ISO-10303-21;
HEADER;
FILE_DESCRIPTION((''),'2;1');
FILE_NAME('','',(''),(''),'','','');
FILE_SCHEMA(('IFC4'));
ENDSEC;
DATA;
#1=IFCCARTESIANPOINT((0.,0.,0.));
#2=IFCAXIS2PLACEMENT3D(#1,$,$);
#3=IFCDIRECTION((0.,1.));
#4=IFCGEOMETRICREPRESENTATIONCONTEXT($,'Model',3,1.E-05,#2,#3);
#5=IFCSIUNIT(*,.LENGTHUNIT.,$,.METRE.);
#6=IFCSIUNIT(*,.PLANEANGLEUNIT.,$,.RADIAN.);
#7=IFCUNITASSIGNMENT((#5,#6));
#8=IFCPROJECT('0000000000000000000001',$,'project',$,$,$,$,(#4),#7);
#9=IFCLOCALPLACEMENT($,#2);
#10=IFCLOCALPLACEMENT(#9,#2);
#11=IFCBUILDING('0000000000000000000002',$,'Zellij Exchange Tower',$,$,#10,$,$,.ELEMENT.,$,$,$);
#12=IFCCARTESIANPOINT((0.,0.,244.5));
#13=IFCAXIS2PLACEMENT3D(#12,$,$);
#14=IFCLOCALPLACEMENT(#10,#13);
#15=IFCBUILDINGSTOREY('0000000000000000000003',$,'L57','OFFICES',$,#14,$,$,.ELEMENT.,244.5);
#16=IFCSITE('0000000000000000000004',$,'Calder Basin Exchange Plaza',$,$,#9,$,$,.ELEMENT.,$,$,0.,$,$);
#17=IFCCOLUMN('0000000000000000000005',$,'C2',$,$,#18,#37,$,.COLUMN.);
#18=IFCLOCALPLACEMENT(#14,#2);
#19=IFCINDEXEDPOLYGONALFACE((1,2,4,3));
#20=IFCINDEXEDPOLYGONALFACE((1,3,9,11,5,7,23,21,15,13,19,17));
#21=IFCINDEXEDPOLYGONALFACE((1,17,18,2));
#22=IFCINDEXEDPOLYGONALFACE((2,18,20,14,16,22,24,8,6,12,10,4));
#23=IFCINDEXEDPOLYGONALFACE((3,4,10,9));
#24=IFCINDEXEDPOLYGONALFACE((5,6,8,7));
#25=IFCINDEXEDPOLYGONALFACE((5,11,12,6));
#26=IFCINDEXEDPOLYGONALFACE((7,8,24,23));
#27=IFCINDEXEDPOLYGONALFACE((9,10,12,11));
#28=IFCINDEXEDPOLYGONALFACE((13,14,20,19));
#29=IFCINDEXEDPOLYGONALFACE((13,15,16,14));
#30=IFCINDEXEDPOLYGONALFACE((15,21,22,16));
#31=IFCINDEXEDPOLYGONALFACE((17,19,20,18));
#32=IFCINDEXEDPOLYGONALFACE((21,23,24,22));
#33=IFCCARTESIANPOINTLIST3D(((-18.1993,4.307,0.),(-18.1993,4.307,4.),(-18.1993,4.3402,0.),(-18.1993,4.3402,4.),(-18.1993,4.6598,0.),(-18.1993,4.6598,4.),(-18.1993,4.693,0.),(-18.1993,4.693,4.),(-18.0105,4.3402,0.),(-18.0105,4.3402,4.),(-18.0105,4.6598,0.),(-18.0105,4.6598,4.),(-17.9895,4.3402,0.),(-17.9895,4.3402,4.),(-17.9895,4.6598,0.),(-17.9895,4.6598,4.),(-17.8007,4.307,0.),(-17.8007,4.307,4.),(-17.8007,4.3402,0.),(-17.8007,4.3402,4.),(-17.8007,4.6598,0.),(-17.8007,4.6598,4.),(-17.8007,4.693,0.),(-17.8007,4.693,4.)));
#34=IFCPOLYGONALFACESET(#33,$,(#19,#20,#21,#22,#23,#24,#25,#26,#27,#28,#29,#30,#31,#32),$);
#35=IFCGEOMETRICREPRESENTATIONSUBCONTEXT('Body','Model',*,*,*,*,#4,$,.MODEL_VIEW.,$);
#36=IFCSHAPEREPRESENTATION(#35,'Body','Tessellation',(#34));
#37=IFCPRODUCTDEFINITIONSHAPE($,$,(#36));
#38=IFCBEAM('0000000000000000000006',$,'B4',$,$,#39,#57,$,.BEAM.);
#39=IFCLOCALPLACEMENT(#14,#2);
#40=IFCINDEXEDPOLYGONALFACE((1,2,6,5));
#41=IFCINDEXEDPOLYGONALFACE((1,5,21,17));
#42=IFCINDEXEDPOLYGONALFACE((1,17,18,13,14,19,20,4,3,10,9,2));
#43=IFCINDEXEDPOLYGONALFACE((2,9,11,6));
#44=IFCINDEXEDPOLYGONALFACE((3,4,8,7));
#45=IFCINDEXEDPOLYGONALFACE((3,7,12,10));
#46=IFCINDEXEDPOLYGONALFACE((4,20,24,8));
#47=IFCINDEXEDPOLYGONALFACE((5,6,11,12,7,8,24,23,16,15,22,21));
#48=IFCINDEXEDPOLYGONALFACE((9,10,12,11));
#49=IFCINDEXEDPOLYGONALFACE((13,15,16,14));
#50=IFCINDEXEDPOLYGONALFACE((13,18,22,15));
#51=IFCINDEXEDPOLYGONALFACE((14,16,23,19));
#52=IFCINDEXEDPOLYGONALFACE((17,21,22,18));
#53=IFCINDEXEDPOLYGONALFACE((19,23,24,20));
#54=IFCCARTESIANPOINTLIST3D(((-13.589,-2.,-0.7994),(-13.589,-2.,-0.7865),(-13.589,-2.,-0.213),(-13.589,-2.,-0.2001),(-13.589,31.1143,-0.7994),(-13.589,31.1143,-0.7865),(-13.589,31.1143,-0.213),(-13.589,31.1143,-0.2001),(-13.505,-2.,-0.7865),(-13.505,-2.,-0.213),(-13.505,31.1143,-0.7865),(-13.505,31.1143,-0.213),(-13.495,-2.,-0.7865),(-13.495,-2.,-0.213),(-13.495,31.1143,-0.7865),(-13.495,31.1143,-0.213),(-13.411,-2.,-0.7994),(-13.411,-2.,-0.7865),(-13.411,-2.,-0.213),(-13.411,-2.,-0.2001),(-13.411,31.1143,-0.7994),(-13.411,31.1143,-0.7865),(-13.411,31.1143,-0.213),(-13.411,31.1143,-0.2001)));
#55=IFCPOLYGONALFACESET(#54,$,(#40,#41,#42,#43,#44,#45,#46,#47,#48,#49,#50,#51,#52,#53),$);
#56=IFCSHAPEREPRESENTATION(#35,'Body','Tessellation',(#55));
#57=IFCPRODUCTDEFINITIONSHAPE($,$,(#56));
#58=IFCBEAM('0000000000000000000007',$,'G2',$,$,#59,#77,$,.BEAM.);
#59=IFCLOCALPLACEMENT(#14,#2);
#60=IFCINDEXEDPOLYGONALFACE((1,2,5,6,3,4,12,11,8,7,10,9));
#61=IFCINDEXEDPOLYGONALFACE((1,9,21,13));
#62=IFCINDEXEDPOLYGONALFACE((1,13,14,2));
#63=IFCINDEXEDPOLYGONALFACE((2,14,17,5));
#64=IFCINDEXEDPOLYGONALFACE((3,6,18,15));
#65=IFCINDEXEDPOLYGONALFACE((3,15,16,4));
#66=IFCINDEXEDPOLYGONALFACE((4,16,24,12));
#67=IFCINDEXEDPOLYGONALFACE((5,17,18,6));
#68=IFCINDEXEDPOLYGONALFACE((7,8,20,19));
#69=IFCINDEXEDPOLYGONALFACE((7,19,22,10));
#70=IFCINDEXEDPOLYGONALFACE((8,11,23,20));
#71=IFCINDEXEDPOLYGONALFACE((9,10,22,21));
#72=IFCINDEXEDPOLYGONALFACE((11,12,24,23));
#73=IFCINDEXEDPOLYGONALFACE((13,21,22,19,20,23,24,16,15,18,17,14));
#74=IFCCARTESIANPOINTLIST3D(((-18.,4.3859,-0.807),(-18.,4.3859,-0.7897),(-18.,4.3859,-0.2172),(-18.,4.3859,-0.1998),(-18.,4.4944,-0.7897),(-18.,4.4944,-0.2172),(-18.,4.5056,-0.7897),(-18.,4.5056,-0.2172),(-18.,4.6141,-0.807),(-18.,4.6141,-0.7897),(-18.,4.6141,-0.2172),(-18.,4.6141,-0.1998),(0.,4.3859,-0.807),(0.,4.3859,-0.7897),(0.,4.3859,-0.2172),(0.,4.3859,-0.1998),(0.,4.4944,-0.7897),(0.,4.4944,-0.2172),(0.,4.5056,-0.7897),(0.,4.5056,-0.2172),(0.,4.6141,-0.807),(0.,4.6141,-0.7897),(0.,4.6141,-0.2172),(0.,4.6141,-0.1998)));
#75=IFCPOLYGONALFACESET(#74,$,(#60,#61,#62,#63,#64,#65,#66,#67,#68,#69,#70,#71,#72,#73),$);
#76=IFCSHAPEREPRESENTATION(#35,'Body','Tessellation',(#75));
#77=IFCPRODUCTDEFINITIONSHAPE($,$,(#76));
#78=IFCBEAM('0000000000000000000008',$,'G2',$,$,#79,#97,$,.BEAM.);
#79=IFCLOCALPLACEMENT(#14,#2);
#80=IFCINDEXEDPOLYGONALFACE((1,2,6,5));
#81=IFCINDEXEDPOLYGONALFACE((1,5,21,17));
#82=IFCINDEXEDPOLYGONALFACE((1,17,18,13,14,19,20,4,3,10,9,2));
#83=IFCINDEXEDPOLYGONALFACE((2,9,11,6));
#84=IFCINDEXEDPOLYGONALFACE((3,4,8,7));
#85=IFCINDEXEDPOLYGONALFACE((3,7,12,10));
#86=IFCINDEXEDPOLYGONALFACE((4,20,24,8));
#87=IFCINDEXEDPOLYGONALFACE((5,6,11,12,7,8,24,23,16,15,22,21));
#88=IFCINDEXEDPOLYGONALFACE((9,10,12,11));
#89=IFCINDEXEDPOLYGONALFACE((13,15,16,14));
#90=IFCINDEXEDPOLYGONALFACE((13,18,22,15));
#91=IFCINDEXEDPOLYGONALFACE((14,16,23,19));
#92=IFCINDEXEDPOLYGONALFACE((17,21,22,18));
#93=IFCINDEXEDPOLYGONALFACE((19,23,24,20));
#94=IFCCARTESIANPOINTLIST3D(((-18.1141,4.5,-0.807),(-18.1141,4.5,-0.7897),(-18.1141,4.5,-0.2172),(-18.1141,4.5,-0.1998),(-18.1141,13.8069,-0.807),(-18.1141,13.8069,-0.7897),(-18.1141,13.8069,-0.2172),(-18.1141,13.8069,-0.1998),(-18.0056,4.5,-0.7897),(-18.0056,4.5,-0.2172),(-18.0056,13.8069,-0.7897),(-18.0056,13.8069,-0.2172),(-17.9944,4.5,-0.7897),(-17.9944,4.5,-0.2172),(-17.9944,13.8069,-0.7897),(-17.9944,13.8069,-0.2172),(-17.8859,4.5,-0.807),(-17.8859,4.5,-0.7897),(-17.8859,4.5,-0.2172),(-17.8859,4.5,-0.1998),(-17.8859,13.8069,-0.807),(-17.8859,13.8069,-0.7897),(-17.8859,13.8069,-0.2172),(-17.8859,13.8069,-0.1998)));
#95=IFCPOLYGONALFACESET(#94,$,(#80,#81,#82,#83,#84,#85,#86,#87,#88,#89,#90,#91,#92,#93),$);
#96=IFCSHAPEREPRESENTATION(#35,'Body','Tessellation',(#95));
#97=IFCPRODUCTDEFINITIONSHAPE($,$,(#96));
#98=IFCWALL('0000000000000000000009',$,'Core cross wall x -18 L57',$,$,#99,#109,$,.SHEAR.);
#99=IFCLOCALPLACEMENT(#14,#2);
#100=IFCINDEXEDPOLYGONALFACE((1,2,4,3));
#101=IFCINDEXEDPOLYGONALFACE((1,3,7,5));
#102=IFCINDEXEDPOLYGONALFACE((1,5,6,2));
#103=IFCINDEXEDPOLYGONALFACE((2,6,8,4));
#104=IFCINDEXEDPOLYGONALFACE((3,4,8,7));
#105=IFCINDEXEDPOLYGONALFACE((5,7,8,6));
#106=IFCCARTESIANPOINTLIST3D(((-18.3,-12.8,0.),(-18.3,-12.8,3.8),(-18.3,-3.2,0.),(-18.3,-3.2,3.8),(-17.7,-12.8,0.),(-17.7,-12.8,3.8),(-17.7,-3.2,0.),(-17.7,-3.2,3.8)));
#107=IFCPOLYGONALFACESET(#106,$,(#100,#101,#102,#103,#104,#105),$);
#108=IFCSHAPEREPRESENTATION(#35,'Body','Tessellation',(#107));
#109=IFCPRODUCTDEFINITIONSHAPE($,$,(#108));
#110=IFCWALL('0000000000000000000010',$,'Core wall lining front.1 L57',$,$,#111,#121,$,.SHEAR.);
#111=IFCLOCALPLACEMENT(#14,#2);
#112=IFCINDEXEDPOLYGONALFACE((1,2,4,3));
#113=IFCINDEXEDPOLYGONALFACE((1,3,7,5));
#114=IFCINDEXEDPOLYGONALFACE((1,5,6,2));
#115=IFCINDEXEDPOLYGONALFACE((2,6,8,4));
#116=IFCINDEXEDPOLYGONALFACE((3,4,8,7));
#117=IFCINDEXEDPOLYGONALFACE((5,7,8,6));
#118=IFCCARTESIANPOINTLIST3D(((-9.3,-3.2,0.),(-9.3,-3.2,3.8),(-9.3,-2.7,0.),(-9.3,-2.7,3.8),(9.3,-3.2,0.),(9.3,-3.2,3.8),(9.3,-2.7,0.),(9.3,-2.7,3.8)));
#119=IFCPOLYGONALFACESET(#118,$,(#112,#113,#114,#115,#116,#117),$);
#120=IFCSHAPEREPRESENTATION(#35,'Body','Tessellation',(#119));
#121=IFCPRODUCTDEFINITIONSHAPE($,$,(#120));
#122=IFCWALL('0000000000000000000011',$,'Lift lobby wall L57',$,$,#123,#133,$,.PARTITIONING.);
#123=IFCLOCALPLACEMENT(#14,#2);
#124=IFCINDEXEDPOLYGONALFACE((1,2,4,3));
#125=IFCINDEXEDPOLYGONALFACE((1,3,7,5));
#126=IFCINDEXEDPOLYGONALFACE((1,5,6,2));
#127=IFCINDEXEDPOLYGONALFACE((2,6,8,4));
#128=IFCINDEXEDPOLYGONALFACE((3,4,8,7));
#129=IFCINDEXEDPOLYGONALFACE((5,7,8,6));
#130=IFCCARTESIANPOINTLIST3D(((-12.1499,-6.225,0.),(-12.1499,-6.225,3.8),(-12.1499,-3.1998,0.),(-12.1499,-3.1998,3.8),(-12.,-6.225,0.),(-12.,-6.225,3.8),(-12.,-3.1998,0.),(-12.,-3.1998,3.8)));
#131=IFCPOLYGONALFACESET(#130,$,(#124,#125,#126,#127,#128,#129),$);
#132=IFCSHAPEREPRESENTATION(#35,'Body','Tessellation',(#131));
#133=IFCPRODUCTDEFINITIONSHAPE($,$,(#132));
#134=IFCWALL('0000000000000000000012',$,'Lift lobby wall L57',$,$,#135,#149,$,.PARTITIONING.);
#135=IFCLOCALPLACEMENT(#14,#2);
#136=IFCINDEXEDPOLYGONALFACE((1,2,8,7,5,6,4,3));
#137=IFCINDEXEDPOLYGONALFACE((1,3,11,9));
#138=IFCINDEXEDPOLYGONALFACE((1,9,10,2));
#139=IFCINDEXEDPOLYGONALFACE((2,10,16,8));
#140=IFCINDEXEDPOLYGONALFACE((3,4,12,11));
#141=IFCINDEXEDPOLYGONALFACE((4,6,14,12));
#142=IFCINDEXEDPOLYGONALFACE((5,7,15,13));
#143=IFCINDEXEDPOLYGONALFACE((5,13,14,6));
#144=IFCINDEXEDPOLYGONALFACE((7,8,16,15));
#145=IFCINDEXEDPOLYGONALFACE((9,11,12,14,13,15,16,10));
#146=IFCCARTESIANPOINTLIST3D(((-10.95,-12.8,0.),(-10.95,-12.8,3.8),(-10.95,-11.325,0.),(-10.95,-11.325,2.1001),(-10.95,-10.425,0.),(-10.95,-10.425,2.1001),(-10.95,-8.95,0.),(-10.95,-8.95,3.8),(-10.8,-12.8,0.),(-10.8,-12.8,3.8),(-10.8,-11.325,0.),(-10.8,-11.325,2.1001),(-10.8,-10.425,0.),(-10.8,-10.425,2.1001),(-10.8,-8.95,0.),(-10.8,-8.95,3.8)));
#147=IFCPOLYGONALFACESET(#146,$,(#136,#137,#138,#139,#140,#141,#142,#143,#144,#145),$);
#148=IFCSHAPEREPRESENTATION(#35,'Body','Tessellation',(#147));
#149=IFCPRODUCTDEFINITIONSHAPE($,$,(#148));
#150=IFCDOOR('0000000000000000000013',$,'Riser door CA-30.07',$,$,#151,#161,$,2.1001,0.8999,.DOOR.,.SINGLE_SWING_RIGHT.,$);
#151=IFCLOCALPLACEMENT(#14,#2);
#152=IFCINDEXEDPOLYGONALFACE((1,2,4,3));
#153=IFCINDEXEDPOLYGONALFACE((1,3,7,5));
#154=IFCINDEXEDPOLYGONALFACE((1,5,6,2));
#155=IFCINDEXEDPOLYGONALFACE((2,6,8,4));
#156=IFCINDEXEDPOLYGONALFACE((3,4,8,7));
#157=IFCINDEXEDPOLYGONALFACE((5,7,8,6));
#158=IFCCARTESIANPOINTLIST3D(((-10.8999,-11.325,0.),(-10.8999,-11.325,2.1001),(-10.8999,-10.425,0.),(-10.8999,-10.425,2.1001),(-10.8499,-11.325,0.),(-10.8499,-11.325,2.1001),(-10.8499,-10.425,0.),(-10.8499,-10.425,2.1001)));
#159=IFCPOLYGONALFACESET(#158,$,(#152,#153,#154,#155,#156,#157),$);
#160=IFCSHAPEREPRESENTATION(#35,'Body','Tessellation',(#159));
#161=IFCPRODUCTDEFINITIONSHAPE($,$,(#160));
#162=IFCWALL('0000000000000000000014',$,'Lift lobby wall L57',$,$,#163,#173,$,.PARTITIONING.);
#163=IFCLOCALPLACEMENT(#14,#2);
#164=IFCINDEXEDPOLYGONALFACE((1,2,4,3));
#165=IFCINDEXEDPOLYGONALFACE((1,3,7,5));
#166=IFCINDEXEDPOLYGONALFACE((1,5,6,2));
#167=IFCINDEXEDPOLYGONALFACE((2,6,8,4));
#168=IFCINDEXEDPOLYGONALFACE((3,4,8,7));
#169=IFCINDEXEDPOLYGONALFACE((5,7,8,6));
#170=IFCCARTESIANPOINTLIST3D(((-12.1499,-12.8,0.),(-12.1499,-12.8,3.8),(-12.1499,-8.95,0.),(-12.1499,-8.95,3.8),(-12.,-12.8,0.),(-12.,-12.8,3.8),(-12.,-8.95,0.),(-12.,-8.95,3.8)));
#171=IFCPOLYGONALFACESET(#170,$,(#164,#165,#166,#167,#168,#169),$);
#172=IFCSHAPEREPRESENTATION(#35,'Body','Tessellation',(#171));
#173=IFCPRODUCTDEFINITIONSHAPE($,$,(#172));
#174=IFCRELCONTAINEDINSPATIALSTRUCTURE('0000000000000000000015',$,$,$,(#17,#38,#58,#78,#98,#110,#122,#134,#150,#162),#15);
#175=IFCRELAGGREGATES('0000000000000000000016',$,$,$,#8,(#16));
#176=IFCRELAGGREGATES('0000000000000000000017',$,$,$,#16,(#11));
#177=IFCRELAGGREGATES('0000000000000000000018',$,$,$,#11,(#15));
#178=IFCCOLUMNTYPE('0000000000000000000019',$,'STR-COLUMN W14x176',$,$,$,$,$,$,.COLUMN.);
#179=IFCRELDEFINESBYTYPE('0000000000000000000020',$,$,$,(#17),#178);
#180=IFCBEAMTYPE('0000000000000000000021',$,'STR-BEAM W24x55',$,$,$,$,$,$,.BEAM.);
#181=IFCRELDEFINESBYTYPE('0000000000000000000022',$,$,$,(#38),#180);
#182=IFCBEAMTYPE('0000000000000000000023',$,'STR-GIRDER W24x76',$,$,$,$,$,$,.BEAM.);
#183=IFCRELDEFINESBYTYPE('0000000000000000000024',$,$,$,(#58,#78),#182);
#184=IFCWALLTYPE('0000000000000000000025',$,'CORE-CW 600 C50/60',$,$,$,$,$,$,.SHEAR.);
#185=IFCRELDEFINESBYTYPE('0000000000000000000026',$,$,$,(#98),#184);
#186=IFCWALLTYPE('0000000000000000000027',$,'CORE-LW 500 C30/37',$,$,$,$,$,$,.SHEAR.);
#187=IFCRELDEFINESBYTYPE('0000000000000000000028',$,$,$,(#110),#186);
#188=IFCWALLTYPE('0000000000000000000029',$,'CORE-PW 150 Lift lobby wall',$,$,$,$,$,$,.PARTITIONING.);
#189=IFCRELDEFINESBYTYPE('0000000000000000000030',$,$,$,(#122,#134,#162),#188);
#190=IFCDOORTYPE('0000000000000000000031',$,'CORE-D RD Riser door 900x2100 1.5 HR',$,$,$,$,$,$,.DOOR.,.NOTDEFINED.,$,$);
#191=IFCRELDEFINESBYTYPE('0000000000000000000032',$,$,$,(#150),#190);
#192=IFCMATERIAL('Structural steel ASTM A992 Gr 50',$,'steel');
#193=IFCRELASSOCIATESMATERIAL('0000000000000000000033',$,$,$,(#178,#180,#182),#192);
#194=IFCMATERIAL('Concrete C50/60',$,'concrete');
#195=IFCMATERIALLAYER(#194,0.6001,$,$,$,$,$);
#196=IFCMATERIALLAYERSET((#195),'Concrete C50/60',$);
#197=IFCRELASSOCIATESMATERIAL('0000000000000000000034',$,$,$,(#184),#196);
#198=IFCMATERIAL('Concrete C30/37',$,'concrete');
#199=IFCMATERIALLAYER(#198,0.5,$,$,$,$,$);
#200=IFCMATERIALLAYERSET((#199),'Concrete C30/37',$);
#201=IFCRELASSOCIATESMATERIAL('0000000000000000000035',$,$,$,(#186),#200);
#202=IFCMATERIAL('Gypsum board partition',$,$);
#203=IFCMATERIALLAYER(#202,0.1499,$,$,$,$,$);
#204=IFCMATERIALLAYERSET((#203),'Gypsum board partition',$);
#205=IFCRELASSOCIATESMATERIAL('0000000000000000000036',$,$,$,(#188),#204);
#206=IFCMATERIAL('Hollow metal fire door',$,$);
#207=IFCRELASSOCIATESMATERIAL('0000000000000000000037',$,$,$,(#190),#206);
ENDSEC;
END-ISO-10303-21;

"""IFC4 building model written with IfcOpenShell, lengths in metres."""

from ifc_helpers import new_model, si_unit, direction, frame, frame_2d, origin, origin_2d, place, context, subcontext, project, spatial, rectangle, i_section, extrude, material, layer, layer_set, material_profile, profile_set, type_object, element, fill, save


model = new_model("IFC4")

# Units and contexts
model_context = context("Model", 3, precision=1e-05, world=origin(), true_north=direction((0.0, 1.0)))
body_context = subcontext(model_context, "Body", "Model", "MODEL_VIEW")
ifc_project = project(units=[si_unit("LENGTHUNIT", "METRE"), si_unit("PLANEANGLEUNIT", "RADIAN")], contexts=[model_context])

# Site, building, storey
site_placement = place(None, origin())
site = spatial("IfcSite", under=ifc_project, at=site_placement, Name="Calder Basin Exchange Plaza", CompositionType="ELEMENT", RefElevation=0.0)
building_placement = place(site_placement, origin())
building = spatial("IfcBuilding", under=site, at=building_placement, Name="Zellij Exchange Tower", CompositionType="ELEMENT")
storey_placement = place(building_placement, frame((0.0, 0.0, 244.5)))
storey = spatial("IfcBuildingStorey", under=building, at=storey_placement, Name="L57", Description="OFFICES", CompositionType="ELEMENT", Elevation=244.5)

# Column
ifc_material_1 = material(Name="Structural steel ASTM A992 Gr 50", Category="steel")
ifc_material_profile_1 = material_profile(ifc_material_1, i_section(OverallWidth=0.3987, OverallDepth=0.386, WebThickness=0.021, FlangeThickness=0.0332, at=origin_2d()), Name="W14x176")
ifc_profile_set_1 = profile_set([ifc_material_profile_1], Name="Structural steel ASTM A992 Gr 50")
column_type = type_object("IfcColumnType", Name="STR-COLUMN W14x176", PredefinedType="COLUMN", material=ifc_profile_set_1)
column_placement = place(storey_placement, frame((-18.0, 4.5, 0.0), z_axis=(0.0, 0.0, 1.0), x_axis=(1.0, 0.0, 0.0)))
element("IfcColumn", 1, at=column_placement, inside=storey, type_object=column_type, Name="C2", PredefinedType="COLUMN", context=body_context, shape_type="SweptSolid", body=[
    extrude(i_section(OverallWidth=0.3987, OverallDepth=0.386, WebThickness=0.021, FlangeThickness=0.0332, at=origin_2d()), origin(), (0.0, 0.0, 1.0), 4.0),
])

# Beams
ifc_material_profile_2 = material_profile(ifc_material_1, i_section(OverallWidth=0.178, OverallDepth=0.5994, WebThickness=0.01, FlangeThickness=0.0129, at=origin_2d()), Name="W24x55")
ifc_profile_set_2 = profile_set([ifc_material_profile_2], Name="Structural steel ASTM A992 Gr 50")
beam_type_1 = type_object("IfcBeamType", Name="STR-BEAM W24x55", PredefinedType="BEAM", material=ifc_profile_set_2)
beam_1_placement = place(storey_placement, frame((-13.5, -2.0, -0.4998), z_axis=(0.0, 1.0, 0.0), x_axis=(-1.0, 0.0, 0.0)))
element("IfcBeam", 2, at=beam_1_placement, inside=storey, type_object=beam_type_1, Name="B4", PredefinedType="BEAM", context=body_context, shape_type="SweptSolid", body=[
    extrude(i_section(OverallWidth=0.178, OverallDepth=0.5994, WebThickness=0.01, FlangeThickness=0.0129, at=origin_2d()), origin(), (0.0, 0.0, 1.0), 33.1143),
])
ifc_material_profile_3 = material_profile(ifc_material_1, i_section(OverallWidth=0.2283, OverallDepth=0.6072, WebThickness=0.0112, FlangeThickness=0.0173, at=origin_2d()), Name="W24x76")
ifc_profile_set_3 = profile_set([ifc_material_profile_3], Name="Structural steel ASTM A992 Gr 50")
beam_type_2 = type_object("IfcBeamType", Name="STR-GIRDER W24x76", PredefinedType="BEAM", material=ifc_profile_set_3)
beam_2_placement = place(storey_placement, frame((-18.0, 4.5, -0.5034), z_axis=(1.0, 0.0, 0.0), x_axis=(0.0, 1.0, 0.0)))
element("IfcBeam", 3, at=beam_2_placement, inside=storey, type_object=beam_type_2, Name="G2", PredefinedType="BEAM", context=body_context, shape_type="SweptSolid", body=[
    extrude(i_section(OverallWidth=0.2283, OverallDepth=0.6072, WebThickness=0.0112, FlangeThickness=0.0173, at=origin_2d()), origin(), (0.0, 0.0, 1.0), 18.0),
])
beam_3_placement = place(storey_placement, frame((-18.0, 4.5, -0.5034), z_axis=(0.0, 1.0, 0.0), x_axis=(-1.0, 0.0, 0.0)))
element("IfcBeam", 4, at=beam_3_placement, inside=storey, type_object=beam_type_2, Name="G2", PredefinedType="BEAM", context=body_context, shape_type="SweptSolid", body=[
    extrude(i_section(OverallWidth=0.2283, OverallDepth=0.6072, WebThickness=0.0112, FlangeThickness=0.0173, at=origin_2d()), origin(), (0.0, 0.0, 1.0), 9.3069),
])

# Walls
ifc_material_2 = material(Name="Concrete C50/60", Category="concrete")
ifc_layer_1 = layer(ifc_material_2, 0.6001)
ifc_layer_set_1 = layer_set([ifc_layer_1], Name="Concrete C50/60")
wall_type_1 = type_object("IfcWallType", Name="CORE-CW 600 C50/60", PredefinedType="SHEAR", material=ifc_layer_set_1)
wall_1_placement = place(storey_placement, frame((-18.0, -12.8, 0.0), z_axis=(0.0, 0.0, 1.0), x_axis=(0.0, 1.0, 0.0)))
element("IfcWall", 5, at=wall_1_placement, inside=storey, type_object=wall_type_1, Name="Core cross wall x -18 L57", PredefinedType="SHEAR", context=body_context, shape_type="SweptSolid", body=[
    extrude(rectangle(XDim=9.6001, YDim=0.6001, at=frame_2d((4.8, 0.0))), origin(), (0.0, 0.0, 1.0), 3.8),
])
ifc_material_3 = material(Name="Concrete C30/37", Category="concrete")
ifc_layer_2 = layer(ifc_material_3, 0.5)
ifc_layer_set_2 = layer_set([ifc_layer_2], Name="Concrete C30/37")
wall_type_2 = type_object("IfcWallType", Name="CORE-LW 500 C30/37", PredefinedType="SHEAR", material=ifc_layer_set_2)
wall_2_placement = place(storey_placement, frame((-9.3, -2.95, 0.0), z_axis=(0.0, 0.0, 1.0), x_axis=(1.0, 0.0, 0.0)))
element("IfcWall", 6, at=wall_2_placement, inside=storey, type_object=wall_type_2, Name="Core wall lining front.1 L57", PredefinedType="SHEAR", context=body_context, shape_type="SweptSolid", body=[
    extrude(rectangle(XDim=18.6001, YDim=0.5, at=frame_2d((9.3, 0.0))), origin(), (0.0, 0.0, 1.0), 3.8),
])
ifc_material_4 = material(Name="Gypsum board partition")
ifc_layer_3 = layer(ifc_material_4, 0.1499)
ifc_layer_set_3 = layer_set([ifc_layer_3], Name="Gypsum board partition")
wall_type_3 = type_object("IfcWallType", Name="CORE-PW 150 Lift lobby wall", PredefinedType="PARTITIONING", material=ifc_layer_set_3)
wall_3_placement = place(storey_placement, frame((-12.075, -6.2251, 0.0), z_axis=(0.0, 0.0, 1.0), x_axis=(0.0, 1.0, 0.0)))
element("IfcWall", 7, at=wall_3_placement, inside=storey, type_object=wall_type_3, Name="Lift lobby wall L57", PredefinedType="PARTITIONING", context=body_context, shape_type="SweptSolid", body=[
    extrude(rectangle(XDim=3.0251, YDim=0.1499, at=frame_2d((1.5127, 0.0))), origin(), (0.0, 0.0, 1.0), 3.8),
])

# Wall, opening, door
wall_4_placement = place(storey_placement, frame((-10.875, -12.8, 0.0), z_axis=(0.0, 0.0, 1.0), x_axis=(0.0, 1.0, 0.0)))
wall_4 = element("IfcWall", 8, at=wall_4_placement, inside=storey, type_object=wall_type_3, Name="Lift lobby wall L57", PredefinedType="PARTITIONING", context=body_context, shape_type="SweptSolid", body=[
    extrude(rectangle(XDim=3.8501, YDim=0.1499, at=frame_2d((1.925, 0.0))), origin(), (0.0, 0.0, 1.0), 3.8),
])
opening_1_placement = place(wall_4_placement, frame((1.4751, 0.0, 0.0)))
opening_1 = element("IfcOpeningElement", 9, at=opening_1_placement, cuts=wall_4, PredefinedType="OPENING", context=body_context, shape_type="SweptSolid", body=[
    extrude(rectangle(XDim=0.8999, YDim=2.1001, at=frame_2d((0.45, 1.05))), frame((0.0, 0.0869, 0.0), z_axis=(0.0, -1.0, 0.0), x_axis=(1.0, 0.0, 0.0)), (0.0, 0.0, 1.0), 0.1738),
])
ifc_material_5 = material(Name="Hollow metal fire door")
door_type_1 = type_object("IfcDoorType", Name="CORE-D RD Riser door 900x2100 1.5 HR", OperationType="NOTDEFINED", PredefinedType="DOOR", material=ifc_material_5)
door_1_placement = place(opening_1_placement, origin())
door_1 = element("IfcDoor", 10, at=door_1_placement, inside=storey, type_object=door_type_1, Name="Riser door CA-30.07", OperationType="SINGLE_SWING_RIGHT", OverallHeight=2.1001, OverallWidth=0.8999, PredefinedType="DOOR", context=body_context, shape_type="SweptSolid", body=[
    extrude(rectangle(XDim=0.8999, YDim=2.1001, at=frame_2d((0.45, 1.05))), frame((0.0, 0.0249, 0.0), z_axis=(0.0, -1.0, 0.0), x_axis=(1.0, 0.0, 0.0)), (0.0, 0.0, 1.0), 0.05),
])
fill(opening_1, door_1)

# Wall
wall_5_placement = place(storey_placement, frame((-12.075, -12.8, 0.0), z_axis=(0.0, 0.0, 1.0), x_axis=(0.0, 1.0, 0.0)))
element("IfcWall", 11, at=wall_5_placement, inside=storey, type_object=wall_type_3, Name="Lift lobby wall L57", PredefinedType="PARTITIONING", context=body_context, shape_type="SweptSolid", body=[
    extrude(rectangle(XDim=3.8501, YDim=0.1499, at=frame_2d((1.925, 0.0))), origin(), (0.0, 0.0, 1.0), 3.8),
])

save(model, "model.ifc")
